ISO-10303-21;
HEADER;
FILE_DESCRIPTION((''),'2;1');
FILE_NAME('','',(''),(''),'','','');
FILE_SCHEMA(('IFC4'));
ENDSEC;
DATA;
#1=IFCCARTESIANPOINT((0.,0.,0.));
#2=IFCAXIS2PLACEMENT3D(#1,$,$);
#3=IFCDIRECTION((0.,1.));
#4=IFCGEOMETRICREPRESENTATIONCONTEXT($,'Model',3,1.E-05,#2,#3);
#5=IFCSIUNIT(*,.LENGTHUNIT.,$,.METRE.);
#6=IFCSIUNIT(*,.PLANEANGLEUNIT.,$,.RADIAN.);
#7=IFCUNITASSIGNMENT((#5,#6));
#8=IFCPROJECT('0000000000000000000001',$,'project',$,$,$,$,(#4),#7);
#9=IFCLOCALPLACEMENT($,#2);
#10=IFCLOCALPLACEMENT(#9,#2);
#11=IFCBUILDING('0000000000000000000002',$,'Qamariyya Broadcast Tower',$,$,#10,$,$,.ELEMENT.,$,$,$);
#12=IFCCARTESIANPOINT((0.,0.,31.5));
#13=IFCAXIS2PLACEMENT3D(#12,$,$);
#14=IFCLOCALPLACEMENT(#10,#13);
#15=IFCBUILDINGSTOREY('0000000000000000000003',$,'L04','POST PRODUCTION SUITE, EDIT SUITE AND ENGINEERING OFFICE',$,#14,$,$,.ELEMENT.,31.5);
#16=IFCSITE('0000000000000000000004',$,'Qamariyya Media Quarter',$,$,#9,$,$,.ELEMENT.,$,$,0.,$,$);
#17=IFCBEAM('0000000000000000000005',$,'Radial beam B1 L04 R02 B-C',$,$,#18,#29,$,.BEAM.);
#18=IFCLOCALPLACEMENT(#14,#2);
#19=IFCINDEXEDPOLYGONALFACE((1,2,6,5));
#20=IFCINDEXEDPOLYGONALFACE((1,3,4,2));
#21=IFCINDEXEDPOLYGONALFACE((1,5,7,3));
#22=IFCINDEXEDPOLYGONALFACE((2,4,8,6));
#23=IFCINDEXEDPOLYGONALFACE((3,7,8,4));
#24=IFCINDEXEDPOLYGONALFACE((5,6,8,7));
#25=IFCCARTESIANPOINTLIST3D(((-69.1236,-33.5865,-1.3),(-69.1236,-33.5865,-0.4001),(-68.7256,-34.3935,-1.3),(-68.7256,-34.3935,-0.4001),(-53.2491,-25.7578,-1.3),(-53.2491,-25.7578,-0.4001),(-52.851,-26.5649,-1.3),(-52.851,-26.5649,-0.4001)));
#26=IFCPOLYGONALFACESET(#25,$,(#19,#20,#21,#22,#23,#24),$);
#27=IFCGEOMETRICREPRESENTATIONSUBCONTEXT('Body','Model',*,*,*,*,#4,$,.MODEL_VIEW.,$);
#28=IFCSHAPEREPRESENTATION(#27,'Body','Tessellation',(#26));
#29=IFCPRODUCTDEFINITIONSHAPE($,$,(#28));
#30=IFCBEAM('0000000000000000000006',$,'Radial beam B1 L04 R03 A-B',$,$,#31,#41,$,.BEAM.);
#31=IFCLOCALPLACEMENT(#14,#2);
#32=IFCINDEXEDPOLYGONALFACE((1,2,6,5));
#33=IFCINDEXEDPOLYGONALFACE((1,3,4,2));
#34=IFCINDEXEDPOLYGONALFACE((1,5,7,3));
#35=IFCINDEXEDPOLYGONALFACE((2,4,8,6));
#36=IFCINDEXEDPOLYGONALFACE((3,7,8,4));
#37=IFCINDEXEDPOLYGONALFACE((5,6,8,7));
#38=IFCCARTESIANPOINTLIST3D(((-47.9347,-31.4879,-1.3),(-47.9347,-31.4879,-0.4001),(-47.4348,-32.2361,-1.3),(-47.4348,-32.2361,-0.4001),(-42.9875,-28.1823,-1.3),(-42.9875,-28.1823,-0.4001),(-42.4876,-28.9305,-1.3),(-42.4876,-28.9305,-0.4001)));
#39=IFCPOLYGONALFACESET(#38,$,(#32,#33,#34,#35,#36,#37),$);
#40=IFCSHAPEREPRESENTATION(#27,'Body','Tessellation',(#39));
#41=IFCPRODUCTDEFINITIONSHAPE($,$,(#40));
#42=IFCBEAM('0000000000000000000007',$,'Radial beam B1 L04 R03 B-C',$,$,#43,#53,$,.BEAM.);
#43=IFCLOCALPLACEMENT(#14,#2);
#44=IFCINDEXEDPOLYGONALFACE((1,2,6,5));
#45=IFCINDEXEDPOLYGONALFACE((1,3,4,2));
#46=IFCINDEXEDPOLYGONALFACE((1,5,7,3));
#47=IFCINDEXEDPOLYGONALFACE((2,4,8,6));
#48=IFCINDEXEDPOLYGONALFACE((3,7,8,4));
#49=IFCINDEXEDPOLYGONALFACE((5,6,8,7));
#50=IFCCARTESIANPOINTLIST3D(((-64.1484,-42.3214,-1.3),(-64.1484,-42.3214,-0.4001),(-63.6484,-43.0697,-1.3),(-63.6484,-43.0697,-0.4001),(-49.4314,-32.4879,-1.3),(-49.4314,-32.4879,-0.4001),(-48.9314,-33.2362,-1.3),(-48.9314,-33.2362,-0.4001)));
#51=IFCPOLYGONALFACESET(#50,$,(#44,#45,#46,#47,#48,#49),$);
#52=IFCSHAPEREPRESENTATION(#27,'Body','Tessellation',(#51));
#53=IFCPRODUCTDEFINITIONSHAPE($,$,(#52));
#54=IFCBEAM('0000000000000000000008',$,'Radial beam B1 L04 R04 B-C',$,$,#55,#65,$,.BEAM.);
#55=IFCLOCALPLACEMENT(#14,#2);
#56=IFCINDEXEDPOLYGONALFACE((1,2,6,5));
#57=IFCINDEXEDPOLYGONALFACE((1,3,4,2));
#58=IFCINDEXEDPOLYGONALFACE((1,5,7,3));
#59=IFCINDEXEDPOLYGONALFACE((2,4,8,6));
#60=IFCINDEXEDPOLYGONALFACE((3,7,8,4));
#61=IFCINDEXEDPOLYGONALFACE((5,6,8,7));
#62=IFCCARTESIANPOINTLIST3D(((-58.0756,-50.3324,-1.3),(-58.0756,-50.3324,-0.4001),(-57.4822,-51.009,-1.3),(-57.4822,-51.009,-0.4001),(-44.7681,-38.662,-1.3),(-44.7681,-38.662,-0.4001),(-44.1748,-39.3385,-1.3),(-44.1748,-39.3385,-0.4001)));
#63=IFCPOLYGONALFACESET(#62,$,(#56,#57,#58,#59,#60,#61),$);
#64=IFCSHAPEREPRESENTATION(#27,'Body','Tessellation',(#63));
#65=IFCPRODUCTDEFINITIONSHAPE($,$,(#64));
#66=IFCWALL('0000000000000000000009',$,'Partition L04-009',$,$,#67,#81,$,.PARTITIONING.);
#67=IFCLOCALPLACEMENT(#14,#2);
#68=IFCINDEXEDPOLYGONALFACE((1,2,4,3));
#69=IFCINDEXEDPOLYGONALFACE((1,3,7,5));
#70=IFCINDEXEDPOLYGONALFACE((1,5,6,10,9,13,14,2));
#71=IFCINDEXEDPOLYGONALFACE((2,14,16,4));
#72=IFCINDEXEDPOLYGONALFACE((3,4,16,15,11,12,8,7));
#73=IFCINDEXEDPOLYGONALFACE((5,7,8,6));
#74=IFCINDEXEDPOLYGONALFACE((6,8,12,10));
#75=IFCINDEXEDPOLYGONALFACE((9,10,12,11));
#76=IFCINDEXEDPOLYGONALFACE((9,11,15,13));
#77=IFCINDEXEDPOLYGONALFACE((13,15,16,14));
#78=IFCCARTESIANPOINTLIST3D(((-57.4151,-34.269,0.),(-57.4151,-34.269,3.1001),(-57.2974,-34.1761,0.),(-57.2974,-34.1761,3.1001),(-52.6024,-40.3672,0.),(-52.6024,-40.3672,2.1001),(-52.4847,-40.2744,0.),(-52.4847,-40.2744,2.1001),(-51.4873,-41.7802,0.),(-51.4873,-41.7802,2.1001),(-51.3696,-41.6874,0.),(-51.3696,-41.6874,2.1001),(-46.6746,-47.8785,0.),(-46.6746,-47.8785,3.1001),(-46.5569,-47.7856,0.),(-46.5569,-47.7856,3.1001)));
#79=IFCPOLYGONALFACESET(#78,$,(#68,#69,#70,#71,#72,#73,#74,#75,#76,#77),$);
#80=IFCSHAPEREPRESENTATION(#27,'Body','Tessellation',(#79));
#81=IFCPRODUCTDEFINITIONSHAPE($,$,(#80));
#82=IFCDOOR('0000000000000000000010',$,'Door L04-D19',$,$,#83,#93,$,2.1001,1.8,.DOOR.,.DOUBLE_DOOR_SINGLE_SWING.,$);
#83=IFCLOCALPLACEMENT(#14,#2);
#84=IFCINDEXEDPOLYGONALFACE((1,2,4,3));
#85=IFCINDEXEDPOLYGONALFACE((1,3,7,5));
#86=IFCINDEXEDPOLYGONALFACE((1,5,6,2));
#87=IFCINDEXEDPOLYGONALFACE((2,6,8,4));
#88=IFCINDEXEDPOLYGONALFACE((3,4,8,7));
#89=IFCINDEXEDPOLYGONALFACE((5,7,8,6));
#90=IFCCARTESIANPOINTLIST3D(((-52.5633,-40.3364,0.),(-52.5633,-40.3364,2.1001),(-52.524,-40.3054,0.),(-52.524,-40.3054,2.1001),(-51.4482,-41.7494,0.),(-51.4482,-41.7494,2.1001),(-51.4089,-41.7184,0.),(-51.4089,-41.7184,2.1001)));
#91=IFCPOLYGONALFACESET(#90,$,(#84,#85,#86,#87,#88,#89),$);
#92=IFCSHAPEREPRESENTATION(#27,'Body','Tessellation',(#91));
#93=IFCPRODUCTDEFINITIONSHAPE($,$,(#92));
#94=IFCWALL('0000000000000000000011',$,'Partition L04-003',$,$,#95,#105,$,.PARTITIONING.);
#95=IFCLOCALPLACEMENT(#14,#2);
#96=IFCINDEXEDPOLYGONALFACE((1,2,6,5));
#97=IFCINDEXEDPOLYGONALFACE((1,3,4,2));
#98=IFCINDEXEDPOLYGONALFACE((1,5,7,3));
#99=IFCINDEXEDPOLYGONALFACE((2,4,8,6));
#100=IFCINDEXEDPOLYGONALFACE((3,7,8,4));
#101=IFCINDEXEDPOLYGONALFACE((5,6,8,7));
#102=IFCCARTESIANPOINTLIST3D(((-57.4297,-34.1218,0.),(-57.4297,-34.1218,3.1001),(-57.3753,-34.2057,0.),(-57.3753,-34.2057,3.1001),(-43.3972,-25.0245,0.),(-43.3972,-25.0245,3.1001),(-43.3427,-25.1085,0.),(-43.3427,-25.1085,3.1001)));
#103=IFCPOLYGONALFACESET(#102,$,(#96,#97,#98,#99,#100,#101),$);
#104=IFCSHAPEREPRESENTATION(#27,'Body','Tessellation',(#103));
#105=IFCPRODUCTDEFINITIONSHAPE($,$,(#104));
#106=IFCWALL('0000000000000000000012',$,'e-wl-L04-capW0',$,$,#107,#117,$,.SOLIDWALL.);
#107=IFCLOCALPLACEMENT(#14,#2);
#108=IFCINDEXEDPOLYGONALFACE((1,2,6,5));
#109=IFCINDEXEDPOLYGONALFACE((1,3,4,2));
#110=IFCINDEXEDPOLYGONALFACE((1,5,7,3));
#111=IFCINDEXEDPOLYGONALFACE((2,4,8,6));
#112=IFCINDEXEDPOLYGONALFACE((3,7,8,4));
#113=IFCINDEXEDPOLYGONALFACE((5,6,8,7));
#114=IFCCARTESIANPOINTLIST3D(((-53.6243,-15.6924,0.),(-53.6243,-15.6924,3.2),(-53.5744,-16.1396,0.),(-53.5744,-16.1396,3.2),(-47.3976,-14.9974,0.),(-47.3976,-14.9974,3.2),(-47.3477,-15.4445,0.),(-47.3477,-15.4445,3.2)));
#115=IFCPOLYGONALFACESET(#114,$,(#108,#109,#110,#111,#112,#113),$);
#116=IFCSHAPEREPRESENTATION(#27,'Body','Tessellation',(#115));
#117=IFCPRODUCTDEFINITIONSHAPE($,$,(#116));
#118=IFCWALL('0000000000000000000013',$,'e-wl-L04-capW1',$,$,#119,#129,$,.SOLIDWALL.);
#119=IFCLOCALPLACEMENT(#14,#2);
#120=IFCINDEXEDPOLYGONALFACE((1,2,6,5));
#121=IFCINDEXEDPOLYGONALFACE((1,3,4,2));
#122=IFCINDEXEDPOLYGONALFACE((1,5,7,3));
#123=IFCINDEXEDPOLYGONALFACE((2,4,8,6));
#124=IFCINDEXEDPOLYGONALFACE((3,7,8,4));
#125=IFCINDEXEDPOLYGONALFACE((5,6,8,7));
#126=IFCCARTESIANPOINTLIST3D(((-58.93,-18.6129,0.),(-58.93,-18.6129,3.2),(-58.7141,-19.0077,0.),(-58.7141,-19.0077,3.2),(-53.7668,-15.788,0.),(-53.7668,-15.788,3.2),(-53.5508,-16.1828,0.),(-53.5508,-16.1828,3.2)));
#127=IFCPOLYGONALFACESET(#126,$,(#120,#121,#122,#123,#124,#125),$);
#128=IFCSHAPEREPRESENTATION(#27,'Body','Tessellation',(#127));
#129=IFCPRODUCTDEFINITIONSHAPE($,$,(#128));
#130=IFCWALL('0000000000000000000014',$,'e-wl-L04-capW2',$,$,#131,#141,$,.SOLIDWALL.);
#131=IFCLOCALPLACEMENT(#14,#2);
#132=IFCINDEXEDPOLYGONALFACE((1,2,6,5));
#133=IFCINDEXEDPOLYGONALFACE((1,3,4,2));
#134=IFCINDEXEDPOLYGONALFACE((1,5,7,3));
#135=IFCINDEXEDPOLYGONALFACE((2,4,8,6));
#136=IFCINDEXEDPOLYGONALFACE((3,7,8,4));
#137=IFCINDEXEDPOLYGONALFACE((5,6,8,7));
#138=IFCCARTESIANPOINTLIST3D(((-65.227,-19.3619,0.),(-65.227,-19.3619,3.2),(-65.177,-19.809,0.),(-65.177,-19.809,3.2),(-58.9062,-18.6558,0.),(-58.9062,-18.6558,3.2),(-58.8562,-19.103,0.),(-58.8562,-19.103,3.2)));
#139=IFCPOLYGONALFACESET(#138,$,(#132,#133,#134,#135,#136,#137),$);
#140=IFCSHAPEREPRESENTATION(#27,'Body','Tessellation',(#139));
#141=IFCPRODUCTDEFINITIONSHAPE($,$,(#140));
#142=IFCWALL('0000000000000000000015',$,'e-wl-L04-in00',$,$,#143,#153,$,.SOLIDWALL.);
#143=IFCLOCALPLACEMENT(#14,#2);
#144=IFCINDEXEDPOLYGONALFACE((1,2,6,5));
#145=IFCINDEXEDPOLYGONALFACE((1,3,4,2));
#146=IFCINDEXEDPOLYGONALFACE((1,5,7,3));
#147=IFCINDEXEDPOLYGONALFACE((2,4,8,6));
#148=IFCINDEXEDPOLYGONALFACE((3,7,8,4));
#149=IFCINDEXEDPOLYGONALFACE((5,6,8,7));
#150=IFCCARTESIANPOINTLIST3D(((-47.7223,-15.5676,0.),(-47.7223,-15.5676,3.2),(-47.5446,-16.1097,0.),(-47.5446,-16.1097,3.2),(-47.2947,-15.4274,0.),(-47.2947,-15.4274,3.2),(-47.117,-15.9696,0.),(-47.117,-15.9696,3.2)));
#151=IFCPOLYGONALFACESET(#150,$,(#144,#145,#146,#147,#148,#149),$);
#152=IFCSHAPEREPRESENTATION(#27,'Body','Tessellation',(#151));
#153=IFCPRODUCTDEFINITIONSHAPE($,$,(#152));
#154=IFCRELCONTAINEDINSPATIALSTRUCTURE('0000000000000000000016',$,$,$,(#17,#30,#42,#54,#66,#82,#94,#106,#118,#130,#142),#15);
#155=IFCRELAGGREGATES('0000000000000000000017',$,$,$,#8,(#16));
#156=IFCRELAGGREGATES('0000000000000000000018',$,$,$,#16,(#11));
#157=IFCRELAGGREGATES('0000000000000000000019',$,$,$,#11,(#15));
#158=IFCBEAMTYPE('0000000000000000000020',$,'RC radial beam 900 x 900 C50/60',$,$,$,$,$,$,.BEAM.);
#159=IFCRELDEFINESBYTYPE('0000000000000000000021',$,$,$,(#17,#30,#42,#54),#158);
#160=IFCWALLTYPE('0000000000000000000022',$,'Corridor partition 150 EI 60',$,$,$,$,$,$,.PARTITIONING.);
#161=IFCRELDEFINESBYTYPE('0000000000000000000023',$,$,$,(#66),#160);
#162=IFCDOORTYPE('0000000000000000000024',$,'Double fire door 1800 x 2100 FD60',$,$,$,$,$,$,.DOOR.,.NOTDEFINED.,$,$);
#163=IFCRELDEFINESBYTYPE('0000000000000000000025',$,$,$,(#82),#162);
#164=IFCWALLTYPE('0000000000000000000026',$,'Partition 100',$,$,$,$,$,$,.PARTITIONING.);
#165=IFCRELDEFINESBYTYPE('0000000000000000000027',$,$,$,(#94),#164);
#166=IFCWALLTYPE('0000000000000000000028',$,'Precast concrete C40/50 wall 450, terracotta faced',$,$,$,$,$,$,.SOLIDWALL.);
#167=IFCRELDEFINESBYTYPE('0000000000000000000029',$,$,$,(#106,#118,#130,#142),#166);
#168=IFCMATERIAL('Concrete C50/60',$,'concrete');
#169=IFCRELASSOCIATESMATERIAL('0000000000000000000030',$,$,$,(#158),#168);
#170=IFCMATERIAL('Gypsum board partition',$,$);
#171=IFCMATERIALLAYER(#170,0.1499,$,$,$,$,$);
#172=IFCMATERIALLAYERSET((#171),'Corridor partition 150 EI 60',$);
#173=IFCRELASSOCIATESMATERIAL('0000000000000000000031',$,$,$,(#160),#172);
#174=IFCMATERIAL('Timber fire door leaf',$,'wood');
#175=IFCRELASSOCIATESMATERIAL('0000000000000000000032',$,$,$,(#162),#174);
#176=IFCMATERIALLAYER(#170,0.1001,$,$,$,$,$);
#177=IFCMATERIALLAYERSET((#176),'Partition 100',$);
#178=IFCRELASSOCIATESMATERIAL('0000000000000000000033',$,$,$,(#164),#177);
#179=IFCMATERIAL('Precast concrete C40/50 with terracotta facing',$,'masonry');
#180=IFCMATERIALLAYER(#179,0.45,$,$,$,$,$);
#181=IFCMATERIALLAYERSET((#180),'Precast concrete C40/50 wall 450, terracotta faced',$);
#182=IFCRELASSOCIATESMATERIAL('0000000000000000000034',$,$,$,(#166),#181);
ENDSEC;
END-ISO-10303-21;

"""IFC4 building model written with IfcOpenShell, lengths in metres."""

from ifc_helpers import new_model, si_unit, direction, frame, frame_2d, origin, origin_2d, place, context, subcontext, project, spatial, rectangle, extrude, material, layer, layer_set, material_profile, profile_set, type_object, element, fill, save


model = new_model("IFC4")

# Units and contexts
model_context = context("Model", 3, precision=1e-05, world=origin(), true_north=direction((0.0, 1.0)))
body_context = subcontext(model_context, "Body", "Model", "MODEL_VIEW")
ifc_project = project(units=[si_unit("LENGTHUNIT", "METRE"), si_unit("PLANEANGLEUNIT", "RADIAN")], contexts=[model_context])

# Site, building, storey
site_placement = place(None, origin())
site = spatial("IfcSite", under=ifc_project, at=site_placement, Name="Qamariyya Media Quarter", CompositionType="ELEMENT", RefElevation=0.0)
building_placement = place(site_placement, origin())
building = spatial("IfcBuilding", under=site, at=building_placement, Name="Qamariyya Broadcast Tower", CompositionType="ELEMENT")
storey_placement = place(building_placement, frame((0.0, 0.0, 31.5)))
storey = spatial("IfcBuildingStorey", under=building, at=storey_placement, Name="L04", Description="POST PRODUCTION SUITE, EDIT SUITE AND ENGINEERING OFFICE", CompositionType="ELEMENT", Elevation=31.5)

# Beams
ifc_material_1 = material(Name="Concrete C50/60", Category="concrete")
ifc_material_profile_1 = material_profile(ifc_material_1, rectangle(XDim=0.8999, YDim=0.8999, at=origin_2d()))
ifc_profile_set_1 = profile_set([ifc_material_profile_1], Name="Concrete C50/60")
beam_type_1 = type_object("IfcBeamType", Name="RC radial beam 900 x 900 C50/60", PredefinedType="BEAM", material=ifc_profile_set_1)
beam_1_placement = place(storey_placement, frame((-53.05, -26.1614, -0.8501), z_axis=(-0.896869, -0.442296, 0.0), x_axis=(0.442296, -0.896869, 0.0)))
element("IfcBeam", 1, at=beam_1_placement, inside=storey, type_object=beam_type_1, Name="Radial beam B1 L04 R02 B-C", PredefinedType="BEAM", context=body_context, shape_type="SweptSolid", body=[
    extrude(rectangle(XDim=0.8999, YDim=0.8999, at=origin_2d()), origin(), (0.0, 0.0, 1.0), 17.7),
])
beam_2_placement = place(storey_placement, frame((-42.7375, -28.5564, -0.8501), z_axis=(-0.831469, -0.555571, 0.0), x_axis=(0.555571, -0.831469, 0.0)))
element("IfcBeam", 2, at=beam_2_placement, inside=storey, type_object=beam_type_1, Name="Radial beam B1 L04 R03 A-B", PredefinedType="BEAM", context=body_context, shape_type="SweptSolid", body=[
    extrude(rectangle(XDim=0.8999, YDim=0.8999, at=origin_2d()), origin(), (0.0, 0.0, 1.0), 5.95),
])
for number, where, z_axis, x_axis, name in (
    (3, (-49.1814, -32.8621, -0.8501), (-0.831473, -0.555566, 0.0), (0.555566, -0.831473, 0.0), "Radial beam B1 L04 R03 B-C"),
    (4, (-44.4714, -39.0002, -0.8501), (-0.751835, -0.659351, 0.0), (0.659351, -0.751835, 0.0), "Radial beam B1 L04 R04 B-C"),
):
    element("IfcBeam", number, at=place(storey_placement, frame(where, z_axis=z_axis, x_axis=x_axis)), inside=storey, type_object=beam_type_1, Name=name, PredefinedType="BEAM", context=body_context, shape_type="SweptSolid", body=[
        extrude(rectangle(XDim=0.8999, YDim=0.8999, at=origin_2d()), origin(), (0.0, 0.0, 1.0), 17.7),
    ])

# Wall, opening, door
ifc_material_2 = material(Name="Gypsum board partition")
ifc_layer_1 = layer(ifc_material_2, 0.1499)
ifc_layer_set_1 = layer_set([ifc_layer_1], Name="Corridor partition 150 EI 60")
wall_type_1 = type_object("IfcWallType", Name="Corridor partition 150 EI 60", PredefinedType="PARTITIONING", material=ifc_layer_set_1)
wall_1_placement = place(storey_placement, frame((-57.3562, -34.2227, 0.0), z_axis=(0.0, 0.0, 1.0), x_axis=(0.619511, -0.784988, 0.0)))
wall_1 = element("IfcWall", 5, at=wall_1_placement, inside=storey, type_object=wall_type_1, Name="Partition L04-009", PredefinedType="PARTITIONING", context=body_context, shape_type="SweptSolid", body=[
    extrude(rectangle(XDim=17.3372, YDim=0.1499, at=frame_2d((8.6685, 0.0))), origin(), (0.0, 0.0, 1.0), 3.1001),
])
opening_1_placement = place(wall_1_placement, frame((7.7686, 0.0, 0.0)))
opening_1 = element("IfcOpeningElement", 6, at=opening_1_placement, cuts=wall_1, PredefinedType="OPENING", context=body_context, shape_type="SweptSolid", body=[
    extrude(rectangle(XDim=1.8, YDim=2.1001, at=frame_2d((0.8999, 1.05))), frame((0.0, 0.085, 0.0), z_axis=(0.0, -1.0, 0.0), x_axis=(1.0, 0.0, 0.0)), (0.0, 0.0, 1.0), 0.1699),
])
ifc_material_3 = material(Name="Timber fire door leaf", Category="wood")
door_type = type_object("IfcDoorType", Name="Double fire door 1800 x 2100 FD60", OperationType="NOTDEFINED", PredefinedType="DOOR", material=ifc_material_3)
door_placement = place(opening_1_placement, origin())
door = element("IfcDoor", 7, at=door_placement, inside=storey, type_object=door_type, Name="Door L04-D19", OperationType="DOUBLE_DOOR_SINGLE_SWING", OverallHeight=2.1001, OverallWidth=1.8, PredefinedType="DOOR", context=body_context, shape_type="SweptSolid", body=[
    extrude(rectangle(XDim=1.8, YDim=2.1001, at=frame_2d((0.8999, 1.05))), frame((0.0, 0.0249, 0.0), z_axis=(0.0, -1.0, 0.0), x_axis=(1.0, 0.0, 0.0)), (0.0, 0.0, 1.0), 0.05),
])
fill(opening_1, door)

# Walls
ifc_layer_2 = layer(ifc_material_2, 0.1001)
ifc_layer_set_2 = layer_set([ifc_layer_2], Name="Partition 100")
wall_type_2 = type_object("IfcWallType", Name="Partition 100", PredefinedType="PARTITIONING", material=ifc_layer_set_2)
wall_2_placement = place(storey_placement, frame((-57.4026, -34.1638, 0.0), z_axis=(0.0, 0.0, 1.0), x_axis=(0.839097, 0.543982, 0.0)))
element("IfcWall", 8, at=wall_2_placement, inside=storey, type_object=wall_type_2, Name="Partition L04-003", PredefinedType="PARTITIONING", context=body_context, shape_type="SweptSolid", body=[
    extrude(rectangle(XDim=16.7234, YDim=0.1001, at=frame_2d((8.3618, 0.0))), origin(), (0.0, 0.0, 1.0), 3.1001),
])
ifc_material_4 = material(Name="Precast concrete C40/50 with terracotta facing", Category="masonry")
ifc_layer_3 = layer(ifc_material_4, 0.45)
ifc_layer_set_3 = layer_set([ifc_layer_3], Name="Precast concrete C40/50 wall 450, terracotta faced")
wall_type_3 = type_object("IfcWallType", Name="Precast concrete C40/50 wall 450, terracotta faced", PredefinedType="SOLIDWALL", material=ifc_layer_set_3)
wall_3_placement = place(storey_placement, frame((-47.3726, -15.2209, 0.0), z_axis=(0.0, 0.0, 1.0), x_axis=(-0.993828, -0.110936, 0.0)))
element("IfcWall", 9, at=wall_3_placement, inside=storey, type_object=wall_type_3, Name="e-wl-L04-capW0", PredefinedType="SOLIDWALL", context=body_context, shape_type="SweptSolid", body=[
    extrude(rectangle(XDim=6.2654, YDim=0.45, at=frame_2d((3.1328, 0.0))), origin(), (0.0, 0.0, 1.0), 3.2),
])
wall_4_placement = place(storey_placement, frame((-53.6587, -15.9854, 0.0), z_axis=(0.0, 0.0, 1.0), x_axis=(-0.877281, -0.479976, 0.0)))
element("IfcWall", 10, at=wall_4_placement, inside=storey, type_object=wall_type_3, Name="e-wl-L04-capW1", PredefinedType="SOLIDWALL", context=body_context, shape_type="SweptSolid", body=[
    extrude(rectangle(XDim=5.8855, YDim=0.45, at=frame_2d((2.9429, 0.0))), origin(), (0.0, 0.0, 1.0), 3.2),
])
wall_5_placement = place(storey_placement, frame((-58.8811, -18.8794, 0.0), z_axis=(0.0, 0.0, 1.0), x_axis=(-0.993819, -0.111013, 0.0)))
element("IfcWall", 11, at=wall_5_placement, inside=storey, type_object=wall_type_3, Name="e-wl-L04-capW2", PredefinedType="SOLIDWALL", context=body_context, shape_type="SweptSolid", body=[
    extrude(rectangle(XDim=6.3601, YDim=0.45, at=frame_2d((3.1802, 0.0))), origin(), (0.0, 0.0, 1.0), 3.2),
])
wall_6_placement = place(storey_placement, frame((-47.3308, -16.0396, 0.0), z_axis=(0.0, 0.0, 1.0), x_axis=(-0.311475, 0.950254, 0.0)))
element("IfcWall", 12, at=wall_6_placement, inside=storey, type_object=wall_type_3, Name="e-wl-L04-in00", PredefinedType="SOLIDWALL", context=body_context, shape_type="SweptSolid", body=[
    extrude(rectangle(XDim=0.5706, YDim=0.45, at=frame_2d((0.2852, 0.0))), origin(), (0.0, 0.0, 1.0), 3.2),
])

save(model, "model.ifc")
